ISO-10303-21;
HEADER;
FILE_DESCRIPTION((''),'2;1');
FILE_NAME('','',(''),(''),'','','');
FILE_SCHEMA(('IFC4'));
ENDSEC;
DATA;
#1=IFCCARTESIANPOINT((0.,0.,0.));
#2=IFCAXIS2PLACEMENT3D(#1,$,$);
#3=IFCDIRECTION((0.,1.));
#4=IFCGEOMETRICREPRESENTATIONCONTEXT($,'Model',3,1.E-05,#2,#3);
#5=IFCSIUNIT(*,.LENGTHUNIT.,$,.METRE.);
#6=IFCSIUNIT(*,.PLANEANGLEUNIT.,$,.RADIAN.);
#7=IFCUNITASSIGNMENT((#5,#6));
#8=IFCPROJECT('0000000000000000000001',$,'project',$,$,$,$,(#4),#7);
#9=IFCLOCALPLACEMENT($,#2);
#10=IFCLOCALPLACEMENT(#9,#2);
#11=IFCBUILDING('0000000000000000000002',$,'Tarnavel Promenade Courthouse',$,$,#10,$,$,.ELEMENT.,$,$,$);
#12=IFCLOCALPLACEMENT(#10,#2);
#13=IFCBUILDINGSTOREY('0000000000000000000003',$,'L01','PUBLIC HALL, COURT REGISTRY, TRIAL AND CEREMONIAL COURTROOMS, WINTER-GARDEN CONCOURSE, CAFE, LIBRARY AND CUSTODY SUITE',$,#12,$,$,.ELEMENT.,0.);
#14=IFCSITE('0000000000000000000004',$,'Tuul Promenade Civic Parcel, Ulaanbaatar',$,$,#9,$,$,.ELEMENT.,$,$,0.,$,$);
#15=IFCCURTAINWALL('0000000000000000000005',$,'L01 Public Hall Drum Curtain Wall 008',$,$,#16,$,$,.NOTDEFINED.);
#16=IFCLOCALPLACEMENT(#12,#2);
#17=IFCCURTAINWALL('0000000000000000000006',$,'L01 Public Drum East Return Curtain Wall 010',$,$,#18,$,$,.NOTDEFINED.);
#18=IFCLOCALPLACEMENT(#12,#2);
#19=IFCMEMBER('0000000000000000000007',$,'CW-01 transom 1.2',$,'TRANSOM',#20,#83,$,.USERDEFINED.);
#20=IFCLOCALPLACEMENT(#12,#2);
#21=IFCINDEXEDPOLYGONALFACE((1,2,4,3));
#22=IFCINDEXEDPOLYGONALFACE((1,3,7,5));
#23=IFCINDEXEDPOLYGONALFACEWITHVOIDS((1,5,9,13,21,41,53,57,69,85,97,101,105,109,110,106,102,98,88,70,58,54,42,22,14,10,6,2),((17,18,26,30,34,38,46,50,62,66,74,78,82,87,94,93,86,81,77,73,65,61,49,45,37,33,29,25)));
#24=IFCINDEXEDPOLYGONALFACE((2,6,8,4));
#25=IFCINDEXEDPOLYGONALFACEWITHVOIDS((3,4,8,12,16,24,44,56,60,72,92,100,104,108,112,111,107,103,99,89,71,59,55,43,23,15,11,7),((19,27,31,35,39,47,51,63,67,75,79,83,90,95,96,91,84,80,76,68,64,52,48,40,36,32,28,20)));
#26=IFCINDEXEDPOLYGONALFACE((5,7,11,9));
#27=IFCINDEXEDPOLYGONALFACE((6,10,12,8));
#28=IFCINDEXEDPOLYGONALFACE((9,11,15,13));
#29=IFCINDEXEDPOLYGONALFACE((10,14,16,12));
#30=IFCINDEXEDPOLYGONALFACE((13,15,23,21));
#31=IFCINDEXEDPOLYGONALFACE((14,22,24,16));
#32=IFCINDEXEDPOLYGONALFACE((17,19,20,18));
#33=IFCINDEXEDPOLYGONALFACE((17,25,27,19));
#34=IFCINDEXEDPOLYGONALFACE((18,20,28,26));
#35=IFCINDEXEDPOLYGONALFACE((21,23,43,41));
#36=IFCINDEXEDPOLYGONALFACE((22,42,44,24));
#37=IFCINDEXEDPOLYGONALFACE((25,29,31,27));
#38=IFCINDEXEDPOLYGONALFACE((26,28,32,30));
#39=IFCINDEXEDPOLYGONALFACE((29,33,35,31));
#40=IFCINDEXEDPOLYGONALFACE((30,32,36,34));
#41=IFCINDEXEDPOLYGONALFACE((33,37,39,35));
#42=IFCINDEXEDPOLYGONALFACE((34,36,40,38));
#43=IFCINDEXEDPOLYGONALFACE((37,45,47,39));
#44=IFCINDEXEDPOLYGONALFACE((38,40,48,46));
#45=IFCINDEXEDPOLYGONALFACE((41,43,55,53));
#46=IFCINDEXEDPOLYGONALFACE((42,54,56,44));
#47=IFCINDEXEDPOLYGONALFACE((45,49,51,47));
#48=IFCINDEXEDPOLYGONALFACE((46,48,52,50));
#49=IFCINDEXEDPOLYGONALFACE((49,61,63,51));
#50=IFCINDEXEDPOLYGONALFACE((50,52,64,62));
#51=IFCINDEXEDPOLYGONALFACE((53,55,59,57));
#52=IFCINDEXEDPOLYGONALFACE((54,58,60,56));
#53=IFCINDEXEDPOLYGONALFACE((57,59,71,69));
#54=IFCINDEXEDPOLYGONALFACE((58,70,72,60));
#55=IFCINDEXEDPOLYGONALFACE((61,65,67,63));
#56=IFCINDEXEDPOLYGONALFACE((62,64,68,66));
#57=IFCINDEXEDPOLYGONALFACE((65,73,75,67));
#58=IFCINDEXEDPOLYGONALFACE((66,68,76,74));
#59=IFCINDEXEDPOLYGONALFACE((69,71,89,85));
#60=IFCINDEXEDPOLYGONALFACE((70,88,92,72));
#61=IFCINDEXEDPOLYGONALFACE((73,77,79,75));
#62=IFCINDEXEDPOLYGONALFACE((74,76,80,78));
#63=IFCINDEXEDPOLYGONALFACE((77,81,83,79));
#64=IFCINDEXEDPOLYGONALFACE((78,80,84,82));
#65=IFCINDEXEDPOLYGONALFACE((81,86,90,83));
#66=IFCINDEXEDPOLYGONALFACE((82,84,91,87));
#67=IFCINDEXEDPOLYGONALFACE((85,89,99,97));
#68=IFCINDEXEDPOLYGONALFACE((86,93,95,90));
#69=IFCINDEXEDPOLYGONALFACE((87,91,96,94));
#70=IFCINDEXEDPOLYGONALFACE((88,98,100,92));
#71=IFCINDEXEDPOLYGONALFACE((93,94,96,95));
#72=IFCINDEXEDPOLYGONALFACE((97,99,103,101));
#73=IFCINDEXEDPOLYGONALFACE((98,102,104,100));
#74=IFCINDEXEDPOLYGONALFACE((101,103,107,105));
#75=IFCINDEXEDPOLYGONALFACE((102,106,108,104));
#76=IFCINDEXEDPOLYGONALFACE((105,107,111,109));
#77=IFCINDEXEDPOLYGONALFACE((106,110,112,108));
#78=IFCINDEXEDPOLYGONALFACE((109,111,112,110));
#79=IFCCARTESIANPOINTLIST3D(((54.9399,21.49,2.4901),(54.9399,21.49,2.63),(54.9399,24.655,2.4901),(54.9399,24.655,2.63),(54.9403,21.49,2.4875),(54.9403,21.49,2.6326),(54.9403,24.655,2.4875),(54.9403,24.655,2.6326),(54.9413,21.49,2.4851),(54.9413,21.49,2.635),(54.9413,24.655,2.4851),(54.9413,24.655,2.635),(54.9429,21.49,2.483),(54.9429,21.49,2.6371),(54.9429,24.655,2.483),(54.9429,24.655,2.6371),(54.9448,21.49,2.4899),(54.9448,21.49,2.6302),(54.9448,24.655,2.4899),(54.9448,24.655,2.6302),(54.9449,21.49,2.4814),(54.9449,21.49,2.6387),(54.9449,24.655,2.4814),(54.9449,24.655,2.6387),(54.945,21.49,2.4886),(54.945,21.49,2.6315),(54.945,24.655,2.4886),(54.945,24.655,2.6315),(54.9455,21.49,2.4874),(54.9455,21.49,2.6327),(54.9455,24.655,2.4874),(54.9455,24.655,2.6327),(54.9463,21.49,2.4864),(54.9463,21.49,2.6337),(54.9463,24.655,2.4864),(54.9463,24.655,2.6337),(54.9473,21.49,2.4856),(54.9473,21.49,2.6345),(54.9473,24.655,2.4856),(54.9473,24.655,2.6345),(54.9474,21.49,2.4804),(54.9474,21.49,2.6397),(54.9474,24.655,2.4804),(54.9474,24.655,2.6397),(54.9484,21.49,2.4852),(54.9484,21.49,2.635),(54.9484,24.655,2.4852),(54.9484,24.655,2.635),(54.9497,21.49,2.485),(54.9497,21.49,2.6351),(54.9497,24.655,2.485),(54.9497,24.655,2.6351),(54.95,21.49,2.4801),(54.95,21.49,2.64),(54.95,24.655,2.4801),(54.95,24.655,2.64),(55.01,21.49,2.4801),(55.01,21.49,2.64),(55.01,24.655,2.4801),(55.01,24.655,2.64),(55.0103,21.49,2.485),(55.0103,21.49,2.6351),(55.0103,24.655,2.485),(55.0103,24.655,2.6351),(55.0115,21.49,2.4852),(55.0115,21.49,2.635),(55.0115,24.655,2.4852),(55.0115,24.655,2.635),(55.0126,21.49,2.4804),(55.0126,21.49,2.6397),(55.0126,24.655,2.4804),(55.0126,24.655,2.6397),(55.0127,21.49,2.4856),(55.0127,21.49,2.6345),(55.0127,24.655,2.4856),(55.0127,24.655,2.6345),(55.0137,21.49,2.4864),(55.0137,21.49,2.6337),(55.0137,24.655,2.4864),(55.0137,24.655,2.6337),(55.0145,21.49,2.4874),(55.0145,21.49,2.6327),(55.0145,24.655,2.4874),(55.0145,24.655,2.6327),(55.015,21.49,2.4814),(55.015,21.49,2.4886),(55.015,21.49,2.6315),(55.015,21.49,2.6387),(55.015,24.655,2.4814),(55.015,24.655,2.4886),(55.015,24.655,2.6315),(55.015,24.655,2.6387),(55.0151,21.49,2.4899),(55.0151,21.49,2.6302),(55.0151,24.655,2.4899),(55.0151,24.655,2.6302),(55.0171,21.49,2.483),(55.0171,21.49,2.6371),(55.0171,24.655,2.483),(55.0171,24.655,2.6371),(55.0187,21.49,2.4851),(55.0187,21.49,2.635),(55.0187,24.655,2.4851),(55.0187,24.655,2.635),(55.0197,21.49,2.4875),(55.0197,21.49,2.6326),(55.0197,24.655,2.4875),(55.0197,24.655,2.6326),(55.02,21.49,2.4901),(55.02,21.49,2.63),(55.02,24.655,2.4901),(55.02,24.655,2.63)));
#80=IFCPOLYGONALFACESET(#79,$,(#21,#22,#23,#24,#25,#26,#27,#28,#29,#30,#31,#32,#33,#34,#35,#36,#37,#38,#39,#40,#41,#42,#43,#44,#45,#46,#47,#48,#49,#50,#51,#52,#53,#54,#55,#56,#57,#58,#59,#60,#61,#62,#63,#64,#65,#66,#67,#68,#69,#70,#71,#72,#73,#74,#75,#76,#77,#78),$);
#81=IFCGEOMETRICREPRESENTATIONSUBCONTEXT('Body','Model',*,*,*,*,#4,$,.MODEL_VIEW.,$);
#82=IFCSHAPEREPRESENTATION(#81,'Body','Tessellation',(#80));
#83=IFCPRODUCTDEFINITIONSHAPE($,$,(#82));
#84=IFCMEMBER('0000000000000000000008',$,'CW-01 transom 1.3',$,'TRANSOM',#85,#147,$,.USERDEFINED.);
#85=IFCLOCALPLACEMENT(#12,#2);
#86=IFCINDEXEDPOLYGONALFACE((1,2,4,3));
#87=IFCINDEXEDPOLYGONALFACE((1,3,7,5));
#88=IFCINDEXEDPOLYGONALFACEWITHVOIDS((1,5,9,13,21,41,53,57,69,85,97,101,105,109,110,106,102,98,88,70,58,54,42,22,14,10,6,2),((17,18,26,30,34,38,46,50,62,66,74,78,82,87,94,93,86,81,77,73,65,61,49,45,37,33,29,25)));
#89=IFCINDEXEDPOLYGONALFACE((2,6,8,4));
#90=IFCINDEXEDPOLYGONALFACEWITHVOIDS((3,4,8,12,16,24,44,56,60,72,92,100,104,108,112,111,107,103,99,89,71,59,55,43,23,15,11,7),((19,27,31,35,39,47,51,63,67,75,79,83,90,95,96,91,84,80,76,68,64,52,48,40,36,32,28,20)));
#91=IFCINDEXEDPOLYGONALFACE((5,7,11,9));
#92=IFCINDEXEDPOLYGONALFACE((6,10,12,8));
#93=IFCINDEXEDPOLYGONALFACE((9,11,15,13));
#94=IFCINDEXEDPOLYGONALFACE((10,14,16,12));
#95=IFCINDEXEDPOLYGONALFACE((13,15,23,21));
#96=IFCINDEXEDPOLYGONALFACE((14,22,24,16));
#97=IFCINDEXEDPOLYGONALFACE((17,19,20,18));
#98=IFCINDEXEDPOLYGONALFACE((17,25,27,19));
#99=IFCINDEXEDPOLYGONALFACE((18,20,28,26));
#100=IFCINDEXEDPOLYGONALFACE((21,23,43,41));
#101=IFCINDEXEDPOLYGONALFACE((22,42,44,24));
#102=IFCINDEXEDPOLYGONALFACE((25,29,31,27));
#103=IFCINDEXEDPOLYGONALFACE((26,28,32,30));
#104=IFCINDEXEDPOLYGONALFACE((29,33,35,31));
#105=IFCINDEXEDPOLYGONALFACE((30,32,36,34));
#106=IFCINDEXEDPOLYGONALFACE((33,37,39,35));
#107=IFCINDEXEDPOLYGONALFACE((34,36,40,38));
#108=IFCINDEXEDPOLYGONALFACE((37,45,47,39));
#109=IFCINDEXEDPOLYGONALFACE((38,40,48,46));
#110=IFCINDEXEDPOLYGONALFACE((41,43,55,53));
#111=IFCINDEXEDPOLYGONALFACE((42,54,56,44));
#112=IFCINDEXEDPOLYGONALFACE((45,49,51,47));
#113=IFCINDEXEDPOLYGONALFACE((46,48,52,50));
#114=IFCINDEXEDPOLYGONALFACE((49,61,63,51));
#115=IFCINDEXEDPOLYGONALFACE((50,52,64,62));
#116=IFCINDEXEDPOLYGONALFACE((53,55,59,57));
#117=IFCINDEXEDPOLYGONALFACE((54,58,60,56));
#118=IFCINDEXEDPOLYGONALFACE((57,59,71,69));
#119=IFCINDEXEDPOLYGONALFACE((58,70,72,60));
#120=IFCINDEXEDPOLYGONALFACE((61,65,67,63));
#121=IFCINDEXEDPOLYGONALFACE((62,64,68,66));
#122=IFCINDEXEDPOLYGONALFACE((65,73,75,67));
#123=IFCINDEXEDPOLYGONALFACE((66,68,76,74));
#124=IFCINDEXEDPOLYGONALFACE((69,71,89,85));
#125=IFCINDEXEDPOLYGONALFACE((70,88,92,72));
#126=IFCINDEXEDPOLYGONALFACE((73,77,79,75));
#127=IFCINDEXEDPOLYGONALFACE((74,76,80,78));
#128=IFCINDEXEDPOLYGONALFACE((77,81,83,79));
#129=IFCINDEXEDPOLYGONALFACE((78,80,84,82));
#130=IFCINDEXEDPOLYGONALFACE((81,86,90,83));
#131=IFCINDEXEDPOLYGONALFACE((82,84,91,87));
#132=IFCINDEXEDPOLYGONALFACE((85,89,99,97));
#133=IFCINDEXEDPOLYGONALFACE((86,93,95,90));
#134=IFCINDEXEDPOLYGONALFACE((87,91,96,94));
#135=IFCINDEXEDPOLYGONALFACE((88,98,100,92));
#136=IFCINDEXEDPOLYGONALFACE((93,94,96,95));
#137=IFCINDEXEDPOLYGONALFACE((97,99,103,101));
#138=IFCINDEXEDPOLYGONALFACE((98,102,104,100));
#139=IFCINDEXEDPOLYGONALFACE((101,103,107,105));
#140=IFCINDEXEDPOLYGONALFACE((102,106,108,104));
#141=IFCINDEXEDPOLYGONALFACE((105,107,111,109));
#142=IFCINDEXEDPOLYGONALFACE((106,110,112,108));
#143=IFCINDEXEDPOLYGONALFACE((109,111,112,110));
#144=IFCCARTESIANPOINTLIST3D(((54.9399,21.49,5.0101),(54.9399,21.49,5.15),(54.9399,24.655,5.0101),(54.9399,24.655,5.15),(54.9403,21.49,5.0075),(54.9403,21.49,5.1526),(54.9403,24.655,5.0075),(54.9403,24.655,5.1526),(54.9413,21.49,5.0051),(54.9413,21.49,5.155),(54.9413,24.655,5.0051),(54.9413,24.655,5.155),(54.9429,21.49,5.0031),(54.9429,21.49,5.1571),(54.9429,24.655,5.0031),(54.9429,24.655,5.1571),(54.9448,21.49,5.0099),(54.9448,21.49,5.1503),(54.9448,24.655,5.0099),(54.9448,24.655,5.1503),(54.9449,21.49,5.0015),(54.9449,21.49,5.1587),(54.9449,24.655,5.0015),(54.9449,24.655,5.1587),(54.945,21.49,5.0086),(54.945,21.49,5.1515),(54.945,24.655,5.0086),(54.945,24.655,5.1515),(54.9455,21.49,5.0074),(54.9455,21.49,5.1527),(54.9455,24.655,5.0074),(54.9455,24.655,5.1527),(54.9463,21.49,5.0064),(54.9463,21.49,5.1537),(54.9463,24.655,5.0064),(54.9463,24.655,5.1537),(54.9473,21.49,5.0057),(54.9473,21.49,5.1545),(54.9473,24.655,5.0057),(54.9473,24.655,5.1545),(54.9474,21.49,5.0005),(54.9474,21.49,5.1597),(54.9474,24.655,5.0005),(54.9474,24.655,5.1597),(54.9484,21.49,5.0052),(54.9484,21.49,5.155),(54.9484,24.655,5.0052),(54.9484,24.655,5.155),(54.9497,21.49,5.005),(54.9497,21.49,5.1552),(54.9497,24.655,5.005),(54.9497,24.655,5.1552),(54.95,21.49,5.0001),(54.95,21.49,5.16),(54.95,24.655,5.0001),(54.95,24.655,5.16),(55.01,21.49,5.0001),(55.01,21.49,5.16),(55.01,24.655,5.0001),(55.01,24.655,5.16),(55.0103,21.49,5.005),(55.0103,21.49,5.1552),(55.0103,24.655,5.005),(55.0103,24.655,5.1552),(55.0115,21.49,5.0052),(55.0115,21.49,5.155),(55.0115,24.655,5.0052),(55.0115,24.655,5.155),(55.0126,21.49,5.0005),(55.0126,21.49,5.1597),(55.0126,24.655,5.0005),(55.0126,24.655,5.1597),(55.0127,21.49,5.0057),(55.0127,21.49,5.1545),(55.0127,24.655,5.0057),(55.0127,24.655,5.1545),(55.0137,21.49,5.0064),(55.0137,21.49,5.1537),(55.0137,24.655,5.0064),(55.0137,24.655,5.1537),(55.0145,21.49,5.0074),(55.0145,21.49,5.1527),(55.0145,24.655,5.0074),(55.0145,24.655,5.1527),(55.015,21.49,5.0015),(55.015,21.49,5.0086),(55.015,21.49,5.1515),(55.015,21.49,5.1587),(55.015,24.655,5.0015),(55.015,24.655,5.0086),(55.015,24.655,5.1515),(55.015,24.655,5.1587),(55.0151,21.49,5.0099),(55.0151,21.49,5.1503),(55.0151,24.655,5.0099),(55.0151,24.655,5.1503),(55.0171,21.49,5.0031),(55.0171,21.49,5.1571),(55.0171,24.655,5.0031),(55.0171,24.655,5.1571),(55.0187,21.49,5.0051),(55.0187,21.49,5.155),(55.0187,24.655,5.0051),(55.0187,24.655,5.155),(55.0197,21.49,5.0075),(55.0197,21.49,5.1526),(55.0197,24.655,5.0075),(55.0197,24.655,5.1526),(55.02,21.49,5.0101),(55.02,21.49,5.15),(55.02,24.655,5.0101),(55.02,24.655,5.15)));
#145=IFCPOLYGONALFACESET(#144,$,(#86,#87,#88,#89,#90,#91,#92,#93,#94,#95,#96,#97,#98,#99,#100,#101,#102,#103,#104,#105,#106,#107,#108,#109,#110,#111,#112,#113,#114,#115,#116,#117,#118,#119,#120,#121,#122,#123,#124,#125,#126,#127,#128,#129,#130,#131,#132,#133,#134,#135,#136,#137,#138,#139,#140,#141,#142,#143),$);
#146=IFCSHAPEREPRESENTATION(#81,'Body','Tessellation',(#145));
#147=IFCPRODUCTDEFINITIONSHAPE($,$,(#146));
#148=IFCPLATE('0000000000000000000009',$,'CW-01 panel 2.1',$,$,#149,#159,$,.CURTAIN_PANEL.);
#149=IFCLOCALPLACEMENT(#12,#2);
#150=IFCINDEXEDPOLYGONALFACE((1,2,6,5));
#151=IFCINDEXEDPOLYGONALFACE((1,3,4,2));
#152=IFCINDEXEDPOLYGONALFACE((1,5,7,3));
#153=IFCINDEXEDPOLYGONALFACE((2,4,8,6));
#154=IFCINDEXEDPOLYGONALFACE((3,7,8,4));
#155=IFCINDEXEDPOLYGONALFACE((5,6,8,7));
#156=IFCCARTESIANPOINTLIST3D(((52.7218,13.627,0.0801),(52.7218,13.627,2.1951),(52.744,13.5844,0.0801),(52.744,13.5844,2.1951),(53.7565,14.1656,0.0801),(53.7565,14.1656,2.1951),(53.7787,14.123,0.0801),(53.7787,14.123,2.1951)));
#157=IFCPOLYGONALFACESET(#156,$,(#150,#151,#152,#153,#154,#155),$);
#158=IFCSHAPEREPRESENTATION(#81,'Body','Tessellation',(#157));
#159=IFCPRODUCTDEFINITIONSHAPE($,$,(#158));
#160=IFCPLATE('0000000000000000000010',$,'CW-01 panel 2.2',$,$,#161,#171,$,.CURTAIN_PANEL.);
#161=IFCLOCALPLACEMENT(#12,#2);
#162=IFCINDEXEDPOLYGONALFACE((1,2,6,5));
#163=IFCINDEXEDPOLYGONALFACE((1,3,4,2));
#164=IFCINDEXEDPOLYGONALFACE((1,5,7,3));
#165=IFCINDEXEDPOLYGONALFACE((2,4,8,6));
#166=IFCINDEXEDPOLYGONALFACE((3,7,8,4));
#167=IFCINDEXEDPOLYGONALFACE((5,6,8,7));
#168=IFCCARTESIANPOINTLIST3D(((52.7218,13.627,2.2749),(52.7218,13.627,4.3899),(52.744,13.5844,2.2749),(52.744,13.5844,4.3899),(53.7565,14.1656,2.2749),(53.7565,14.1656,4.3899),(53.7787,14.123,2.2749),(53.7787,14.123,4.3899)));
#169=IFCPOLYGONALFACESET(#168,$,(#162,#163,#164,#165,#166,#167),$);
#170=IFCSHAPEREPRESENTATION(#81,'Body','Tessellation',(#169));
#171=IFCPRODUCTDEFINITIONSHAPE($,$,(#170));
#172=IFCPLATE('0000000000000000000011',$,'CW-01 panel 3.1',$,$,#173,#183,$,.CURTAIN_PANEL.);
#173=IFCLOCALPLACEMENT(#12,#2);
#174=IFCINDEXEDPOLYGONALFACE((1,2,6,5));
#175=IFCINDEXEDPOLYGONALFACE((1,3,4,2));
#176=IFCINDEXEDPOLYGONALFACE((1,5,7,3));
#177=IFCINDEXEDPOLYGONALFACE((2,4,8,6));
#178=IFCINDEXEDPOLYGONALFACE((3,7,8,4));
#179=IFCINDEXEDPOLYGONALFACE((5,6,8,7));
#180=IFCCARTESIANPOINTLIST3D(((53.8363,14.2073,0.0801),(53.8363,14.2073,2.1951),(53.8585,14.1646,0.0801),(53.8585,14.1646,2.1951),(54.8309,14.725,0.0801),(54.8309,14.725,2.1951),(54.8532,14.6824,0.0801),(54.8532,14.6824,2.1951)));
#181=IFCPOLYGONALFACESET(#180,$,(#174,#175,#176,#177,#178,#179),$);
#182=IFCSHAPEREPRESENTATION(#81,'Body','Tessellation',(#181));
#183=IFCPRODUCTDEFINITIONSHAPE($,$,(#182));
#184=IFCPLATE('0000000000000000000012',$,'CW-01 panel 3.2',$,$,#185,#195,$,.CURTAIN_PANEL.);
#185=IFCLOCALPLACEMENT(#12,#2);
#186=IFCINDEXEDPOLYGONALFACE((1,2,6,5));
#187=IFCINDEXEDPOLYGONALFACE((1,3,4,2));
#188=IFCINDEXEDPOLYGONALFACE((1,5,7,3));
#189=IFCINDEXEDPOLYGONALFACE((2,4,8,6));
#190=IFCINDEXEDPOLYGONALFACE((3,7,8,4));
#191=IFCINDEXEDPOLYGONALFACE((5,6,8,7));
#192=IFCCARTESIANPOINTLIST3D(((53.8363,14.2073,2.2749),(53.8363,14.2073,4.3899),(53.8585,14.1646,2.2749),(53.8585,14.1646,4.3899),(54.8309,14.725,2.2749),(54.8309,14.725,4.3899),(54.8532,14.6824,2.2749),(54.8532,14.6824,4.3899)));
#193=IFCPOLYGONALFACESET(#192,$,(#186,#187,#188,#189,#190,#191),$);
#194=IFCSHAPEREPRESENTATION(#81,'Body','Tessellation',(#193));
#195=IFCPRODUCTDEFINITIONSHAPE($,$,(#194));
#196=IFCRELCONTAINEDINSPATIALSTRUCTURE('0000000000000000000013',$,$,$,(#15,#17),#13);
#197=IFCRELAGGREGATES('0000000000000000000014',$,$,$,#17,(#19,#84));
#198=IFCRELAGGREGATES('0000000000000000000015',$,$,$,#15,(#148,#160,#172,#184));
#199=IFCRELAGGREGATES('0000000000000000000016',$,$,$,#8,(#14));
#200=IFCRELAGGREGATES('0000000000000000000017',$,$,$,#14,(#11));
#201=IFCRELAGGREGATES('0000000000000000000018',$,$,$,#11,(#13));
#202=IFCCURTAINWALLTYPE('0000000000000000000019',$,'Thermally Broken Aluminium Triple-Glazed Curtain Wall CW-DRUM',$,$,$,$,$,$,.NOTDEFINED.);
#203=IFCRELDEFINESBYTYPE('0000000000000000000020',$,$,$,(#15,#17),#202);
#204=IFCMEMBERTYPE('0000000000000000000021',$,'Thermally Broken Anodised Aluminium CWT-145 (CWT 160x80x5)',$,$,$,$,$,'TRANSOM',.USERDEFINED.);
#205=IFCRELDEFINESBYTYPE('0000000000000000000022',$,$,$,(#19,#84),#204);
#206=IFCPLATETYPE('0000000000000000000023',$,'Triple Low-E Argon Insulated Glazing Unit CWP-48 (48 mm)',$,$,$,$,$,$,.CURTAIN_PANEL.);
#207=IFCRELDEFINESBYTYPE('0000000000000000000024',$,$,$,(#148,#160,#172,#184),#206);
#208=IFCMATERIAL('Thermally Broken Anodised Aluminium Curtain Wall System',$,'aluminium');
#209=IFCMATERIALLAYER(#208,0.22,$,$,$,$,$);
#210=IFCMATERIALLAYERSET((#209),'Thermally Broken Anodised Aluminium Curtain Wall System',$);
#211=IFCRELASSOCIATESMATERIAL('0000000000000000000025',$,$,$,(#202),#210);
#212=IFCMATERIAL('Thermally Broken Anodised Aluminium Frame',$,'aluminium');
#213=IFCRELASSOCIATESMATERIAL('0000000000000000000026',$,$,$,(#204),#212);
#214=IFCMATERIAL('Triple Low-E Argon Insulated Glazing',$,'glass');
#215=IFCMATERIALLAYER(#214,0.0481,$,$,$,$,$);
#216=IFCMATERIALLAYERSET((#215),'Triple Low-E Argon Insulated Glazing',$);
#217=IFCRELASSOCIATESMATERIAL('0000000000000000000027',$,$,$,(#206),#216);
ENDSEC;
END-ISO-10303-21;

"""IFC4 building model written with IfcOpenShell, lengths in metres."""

from ifc_helpers import new_model, si_unit, direction, frame, origin, origin_2d, place, context, subcontext, project, spatial, rectangle, hollow_rectangle, extrude, material, layer, layer_set, material_profile, profile_set, type_object, element, aggregate, save


model = new_model("IFC4")

# Units and contexts
model_context = context("Model", 3, precision=1e-05, world=origin(), true_north=direction((0.0, 1.0)))
body_context = subcontext(model_context, "Body", "Model", "MODEL_VIEW")
ifc_project = project(units=[si_unit("LENGTHUNIT", "METRE"), si_unit("PLANEANGLEUNIT", "RADIAN")], contexts=[model_context])

# Site, building, storey
site_placement = place(None, origin())
site = spatial("IfcSite", under=ifc_project, at=site_placement, Name="Tuul Promenade Civic Parcel, Ulaanbaatar", CompositionType="ELEMENT", RefElevation=0.0)
building_placement = place(site_placement, origin())
building = spatial("IfcBuilding", under=site, at=building_placement, Name="Tarnavel Promenade Courthouse", CompositionType="ELEMENT")
storey_placement = place(building_placement, origin())
storey = spatial("IfcBuildingStorey", under=building, at=storey_placement, Name="L01", Description="PUBLIC HALL, COURT REGISTRY, TRIAL AND CEREMONIAL COURTROOMS, WINTER-GARDEN CONCOURSE, CAFE, LIBRARY AND CUSTODY SUITE", CompositionType="ELEMENT", Elevation=0.0)

# Curtain wall
ifc_material_1 = material(Name="Thermally Broken Anodised Aluminium Curtain Wall System", Category="aluminium")
ifc_layer_1 = layer(ifc_material_1, 0.22)
ifc_layer_set_1 = layer_set([ifc_layer_1], Name="Thermally Broken Anodised Aluminium Curtain Wall System")
curtain_wall_type = type_object("IfcCurtainWallType", Name="Thermally Broken Aluminium Triple-Glazed Curtain Wall CW-DRUM", PredefinedType="NOTDEFINED", material=ifc_layer_set_1)
curtain_wall_1_placement = place(storey_placement, origin())
curtain_wall_1 = element("IfcCurtainWall", 1, at=curtain_wall_1_placement, inside=storey, type_object=curtain_wall_type, Name="L01 Public Hall Drum Curtain Wall 008", PredefinedType="NOTDEFINED")
ifc_material_2 = material(Name="Thermally Broken Anodised Aluminium Frame", Category="aluminium")

# Curtain wall
curtain_wall_2_placement = place(storey_placement, origin())
curtain_wall_2 = element("IfcCurtainWall", 2, at=curtain_wall_2_placement, inside=storey, type_object=curtain_wall_type, Name="L01 Public Drum East Return Curtain Wall 010", PredefinedType="NOTDEFINED")

# Members
ifc_material_profile_1 = material_profile(ifc_material_2, hollow_rectangle(XDim=0.0801, YDim=0.1599, WallThickness=0.0049, InnerFilletRadius=0.0049, OuterFilletRadius=0.01, at=origin_2d()), Name="CWT 160x80x5")
ifc_profile_set_1 = profile_set([ifc_material_profile_1], Name="Thermally Broken Anodised Aluminium Frame")
member_type_1 = type_object("IfcMemberType", Name="Thermally Broken Anodised Aluminium CWT-145 (CWT 160x80x5)", ElementType="TRANSOM", PredefinedType="USERDEFINED", material=ifc_profile_set_1)
member_1_placement = place(storey_placement, frame((54.98, 21.49, 2.5601), z_axis=(0.0, 1.0, 0.0), x_axis=(-1.0, 0.0, 0.0)))
member_1 = element("IfcMember", 3, at=member_1_placement, type_object=member_type_1, Name="CW-01 transom 1.2", ObjectType="TRANSOM", PredefinedType="USERDEFINED", context=body_context, shape_type="SweptSolid", body=[
    extrude(hollow_rectangle(XDim=0.0801, YDim=0.1599, WallThickness=0.0049, InnerFilletRadius=0.0049, OuterFilletRadius=0.01, at=origin_2d()), origin(), (0.0, 0.0, 1.0), 3.165),
])
member_2_placement = place(storey_placement, frame((54.98, 21.49, 5.0801), z_axis=(0.0, 1.0, 0.0), x_axis=(-1.0, 0.0, 0.0)))
member_2 = element("IfcMember", 4, at=member_2_placement, type_object=member_type_1, Name="CW-01 transom 1.3", ObjectType="TRANSOM", PredefinedType="USERDEFINED", context=body_context, shape_type="SweptSolid", body=[
    extrude(hollow_rectangle(XDim=0.0801, YDim=0.1599, WallThickness=0.0049, InnerFilletRadius=0.0049, OuterFilletRadius=0.01, at=origin_2d()), origin(), (0.0, 0.0, 1.0), 3.165),
])
aggregate(curtain_wall_2, [member_1, member_2])

# Plates
ifc_material_3 = material(Name="Triple Low-E Argon Insulated Glazing", Category="glass")
ifc_layer_2 = layer(ifc_material_3, 0.0481)
ifc_layer_set_2 = layer_set([ifc_layer_2], Name="Triple Low-E Argon Insulated Glazing")
plate_type = type_object("IfcPlateType", Name="Triple Low-E Argon Insulated Glazing Unit CWP-48 (48 mm)", PredefinedType="CURTAIN_PANEL", material=ifc_layer_set_2)
plate_1_placement = place(storey_placement, frame((53.2502, 13.875, 0.0801), z_axis=(0.0, 0.0, 1.0), x_axis=(0.887012, 0.461747, 0.0)))
plate_1 = element("IfcPlate", 5, at=plate_1_placement, type_object=plate_type, Name="CW-01 panel 2.1", PredefinedType="CURTAIN_PANEL", context=body_context, shape_type="SweptSolid", body=[
    extrude(rectangle(XDim=1.1665, YDim=0.0481, at=origin_2d()), origin(), (0.0, 0.0, 1.0), 2.115),
])
plate_2_placement = place(storey_placement, frame((53.2502, 13.875, 2.2749), z_axis=(0.0, 0.0, 1.0), x_axis=(0.887012, 0.461747, 0.0)))
plate_2 = element("IfcPlate", 6, at=plate_2_placement, type_object=plate_type, Name="CW-01 panel 2.2", PredefinedType="CURTAIN_PANEL", context=body_context, shape_type="SweptSolid", body=[
    extrude(rectangle(XDim=1.1665, YDim=0.0481, at=origin_2d()), origin(), (0.0, 0.0, 1.0), 2.115),
])
plate_3_placement = place(storey_placement, frame((54.3447, 14.4448, 0.0801), z_axis=(0.0, 0.0, 1.0), x_axis=(0.887012, 0.461747, 0.0)))
plate_3 = element("IfcPlate", 7, at=plate_3_placement, type_object=plate_type, Name="CW-01 panel 3.1", PredefinedType="CURTAIN_PANEL", context=body_context, shape_type="SweptSolid", body=[
    extrude(rectangle(XDim=1.1213, YDim=0.0481, at=origin_2d()), origin(), (0.0, 0.0, 1.0), 2.115),
])
plate_4_placement = place(storey_placement, frame((54.3447, 14.4448, 2.2749), z_axis=(0.0, 0.0, 1.0), x_axis=(0.887012, 0.461747, 0.0)))
plate_4 = element("IfcPlate", 8, at=plate_4_placement, type_object=plate_type, Name="CW-01 panel 3.2", PredefinedType="CURTAIN_PANEL", context=body_context, shape_type="SweptSolid", body=[
    extrude(rectangle(XDim=1.1213, YDim=0.0481, at=origin_2d()), origin(), (0.0, 0.0, 1.0), 2.115),
])
aggregate(curtain_wall_1, [plate_1, plate_2, plate_3, plate_4])

save(model, "model.ifc")
